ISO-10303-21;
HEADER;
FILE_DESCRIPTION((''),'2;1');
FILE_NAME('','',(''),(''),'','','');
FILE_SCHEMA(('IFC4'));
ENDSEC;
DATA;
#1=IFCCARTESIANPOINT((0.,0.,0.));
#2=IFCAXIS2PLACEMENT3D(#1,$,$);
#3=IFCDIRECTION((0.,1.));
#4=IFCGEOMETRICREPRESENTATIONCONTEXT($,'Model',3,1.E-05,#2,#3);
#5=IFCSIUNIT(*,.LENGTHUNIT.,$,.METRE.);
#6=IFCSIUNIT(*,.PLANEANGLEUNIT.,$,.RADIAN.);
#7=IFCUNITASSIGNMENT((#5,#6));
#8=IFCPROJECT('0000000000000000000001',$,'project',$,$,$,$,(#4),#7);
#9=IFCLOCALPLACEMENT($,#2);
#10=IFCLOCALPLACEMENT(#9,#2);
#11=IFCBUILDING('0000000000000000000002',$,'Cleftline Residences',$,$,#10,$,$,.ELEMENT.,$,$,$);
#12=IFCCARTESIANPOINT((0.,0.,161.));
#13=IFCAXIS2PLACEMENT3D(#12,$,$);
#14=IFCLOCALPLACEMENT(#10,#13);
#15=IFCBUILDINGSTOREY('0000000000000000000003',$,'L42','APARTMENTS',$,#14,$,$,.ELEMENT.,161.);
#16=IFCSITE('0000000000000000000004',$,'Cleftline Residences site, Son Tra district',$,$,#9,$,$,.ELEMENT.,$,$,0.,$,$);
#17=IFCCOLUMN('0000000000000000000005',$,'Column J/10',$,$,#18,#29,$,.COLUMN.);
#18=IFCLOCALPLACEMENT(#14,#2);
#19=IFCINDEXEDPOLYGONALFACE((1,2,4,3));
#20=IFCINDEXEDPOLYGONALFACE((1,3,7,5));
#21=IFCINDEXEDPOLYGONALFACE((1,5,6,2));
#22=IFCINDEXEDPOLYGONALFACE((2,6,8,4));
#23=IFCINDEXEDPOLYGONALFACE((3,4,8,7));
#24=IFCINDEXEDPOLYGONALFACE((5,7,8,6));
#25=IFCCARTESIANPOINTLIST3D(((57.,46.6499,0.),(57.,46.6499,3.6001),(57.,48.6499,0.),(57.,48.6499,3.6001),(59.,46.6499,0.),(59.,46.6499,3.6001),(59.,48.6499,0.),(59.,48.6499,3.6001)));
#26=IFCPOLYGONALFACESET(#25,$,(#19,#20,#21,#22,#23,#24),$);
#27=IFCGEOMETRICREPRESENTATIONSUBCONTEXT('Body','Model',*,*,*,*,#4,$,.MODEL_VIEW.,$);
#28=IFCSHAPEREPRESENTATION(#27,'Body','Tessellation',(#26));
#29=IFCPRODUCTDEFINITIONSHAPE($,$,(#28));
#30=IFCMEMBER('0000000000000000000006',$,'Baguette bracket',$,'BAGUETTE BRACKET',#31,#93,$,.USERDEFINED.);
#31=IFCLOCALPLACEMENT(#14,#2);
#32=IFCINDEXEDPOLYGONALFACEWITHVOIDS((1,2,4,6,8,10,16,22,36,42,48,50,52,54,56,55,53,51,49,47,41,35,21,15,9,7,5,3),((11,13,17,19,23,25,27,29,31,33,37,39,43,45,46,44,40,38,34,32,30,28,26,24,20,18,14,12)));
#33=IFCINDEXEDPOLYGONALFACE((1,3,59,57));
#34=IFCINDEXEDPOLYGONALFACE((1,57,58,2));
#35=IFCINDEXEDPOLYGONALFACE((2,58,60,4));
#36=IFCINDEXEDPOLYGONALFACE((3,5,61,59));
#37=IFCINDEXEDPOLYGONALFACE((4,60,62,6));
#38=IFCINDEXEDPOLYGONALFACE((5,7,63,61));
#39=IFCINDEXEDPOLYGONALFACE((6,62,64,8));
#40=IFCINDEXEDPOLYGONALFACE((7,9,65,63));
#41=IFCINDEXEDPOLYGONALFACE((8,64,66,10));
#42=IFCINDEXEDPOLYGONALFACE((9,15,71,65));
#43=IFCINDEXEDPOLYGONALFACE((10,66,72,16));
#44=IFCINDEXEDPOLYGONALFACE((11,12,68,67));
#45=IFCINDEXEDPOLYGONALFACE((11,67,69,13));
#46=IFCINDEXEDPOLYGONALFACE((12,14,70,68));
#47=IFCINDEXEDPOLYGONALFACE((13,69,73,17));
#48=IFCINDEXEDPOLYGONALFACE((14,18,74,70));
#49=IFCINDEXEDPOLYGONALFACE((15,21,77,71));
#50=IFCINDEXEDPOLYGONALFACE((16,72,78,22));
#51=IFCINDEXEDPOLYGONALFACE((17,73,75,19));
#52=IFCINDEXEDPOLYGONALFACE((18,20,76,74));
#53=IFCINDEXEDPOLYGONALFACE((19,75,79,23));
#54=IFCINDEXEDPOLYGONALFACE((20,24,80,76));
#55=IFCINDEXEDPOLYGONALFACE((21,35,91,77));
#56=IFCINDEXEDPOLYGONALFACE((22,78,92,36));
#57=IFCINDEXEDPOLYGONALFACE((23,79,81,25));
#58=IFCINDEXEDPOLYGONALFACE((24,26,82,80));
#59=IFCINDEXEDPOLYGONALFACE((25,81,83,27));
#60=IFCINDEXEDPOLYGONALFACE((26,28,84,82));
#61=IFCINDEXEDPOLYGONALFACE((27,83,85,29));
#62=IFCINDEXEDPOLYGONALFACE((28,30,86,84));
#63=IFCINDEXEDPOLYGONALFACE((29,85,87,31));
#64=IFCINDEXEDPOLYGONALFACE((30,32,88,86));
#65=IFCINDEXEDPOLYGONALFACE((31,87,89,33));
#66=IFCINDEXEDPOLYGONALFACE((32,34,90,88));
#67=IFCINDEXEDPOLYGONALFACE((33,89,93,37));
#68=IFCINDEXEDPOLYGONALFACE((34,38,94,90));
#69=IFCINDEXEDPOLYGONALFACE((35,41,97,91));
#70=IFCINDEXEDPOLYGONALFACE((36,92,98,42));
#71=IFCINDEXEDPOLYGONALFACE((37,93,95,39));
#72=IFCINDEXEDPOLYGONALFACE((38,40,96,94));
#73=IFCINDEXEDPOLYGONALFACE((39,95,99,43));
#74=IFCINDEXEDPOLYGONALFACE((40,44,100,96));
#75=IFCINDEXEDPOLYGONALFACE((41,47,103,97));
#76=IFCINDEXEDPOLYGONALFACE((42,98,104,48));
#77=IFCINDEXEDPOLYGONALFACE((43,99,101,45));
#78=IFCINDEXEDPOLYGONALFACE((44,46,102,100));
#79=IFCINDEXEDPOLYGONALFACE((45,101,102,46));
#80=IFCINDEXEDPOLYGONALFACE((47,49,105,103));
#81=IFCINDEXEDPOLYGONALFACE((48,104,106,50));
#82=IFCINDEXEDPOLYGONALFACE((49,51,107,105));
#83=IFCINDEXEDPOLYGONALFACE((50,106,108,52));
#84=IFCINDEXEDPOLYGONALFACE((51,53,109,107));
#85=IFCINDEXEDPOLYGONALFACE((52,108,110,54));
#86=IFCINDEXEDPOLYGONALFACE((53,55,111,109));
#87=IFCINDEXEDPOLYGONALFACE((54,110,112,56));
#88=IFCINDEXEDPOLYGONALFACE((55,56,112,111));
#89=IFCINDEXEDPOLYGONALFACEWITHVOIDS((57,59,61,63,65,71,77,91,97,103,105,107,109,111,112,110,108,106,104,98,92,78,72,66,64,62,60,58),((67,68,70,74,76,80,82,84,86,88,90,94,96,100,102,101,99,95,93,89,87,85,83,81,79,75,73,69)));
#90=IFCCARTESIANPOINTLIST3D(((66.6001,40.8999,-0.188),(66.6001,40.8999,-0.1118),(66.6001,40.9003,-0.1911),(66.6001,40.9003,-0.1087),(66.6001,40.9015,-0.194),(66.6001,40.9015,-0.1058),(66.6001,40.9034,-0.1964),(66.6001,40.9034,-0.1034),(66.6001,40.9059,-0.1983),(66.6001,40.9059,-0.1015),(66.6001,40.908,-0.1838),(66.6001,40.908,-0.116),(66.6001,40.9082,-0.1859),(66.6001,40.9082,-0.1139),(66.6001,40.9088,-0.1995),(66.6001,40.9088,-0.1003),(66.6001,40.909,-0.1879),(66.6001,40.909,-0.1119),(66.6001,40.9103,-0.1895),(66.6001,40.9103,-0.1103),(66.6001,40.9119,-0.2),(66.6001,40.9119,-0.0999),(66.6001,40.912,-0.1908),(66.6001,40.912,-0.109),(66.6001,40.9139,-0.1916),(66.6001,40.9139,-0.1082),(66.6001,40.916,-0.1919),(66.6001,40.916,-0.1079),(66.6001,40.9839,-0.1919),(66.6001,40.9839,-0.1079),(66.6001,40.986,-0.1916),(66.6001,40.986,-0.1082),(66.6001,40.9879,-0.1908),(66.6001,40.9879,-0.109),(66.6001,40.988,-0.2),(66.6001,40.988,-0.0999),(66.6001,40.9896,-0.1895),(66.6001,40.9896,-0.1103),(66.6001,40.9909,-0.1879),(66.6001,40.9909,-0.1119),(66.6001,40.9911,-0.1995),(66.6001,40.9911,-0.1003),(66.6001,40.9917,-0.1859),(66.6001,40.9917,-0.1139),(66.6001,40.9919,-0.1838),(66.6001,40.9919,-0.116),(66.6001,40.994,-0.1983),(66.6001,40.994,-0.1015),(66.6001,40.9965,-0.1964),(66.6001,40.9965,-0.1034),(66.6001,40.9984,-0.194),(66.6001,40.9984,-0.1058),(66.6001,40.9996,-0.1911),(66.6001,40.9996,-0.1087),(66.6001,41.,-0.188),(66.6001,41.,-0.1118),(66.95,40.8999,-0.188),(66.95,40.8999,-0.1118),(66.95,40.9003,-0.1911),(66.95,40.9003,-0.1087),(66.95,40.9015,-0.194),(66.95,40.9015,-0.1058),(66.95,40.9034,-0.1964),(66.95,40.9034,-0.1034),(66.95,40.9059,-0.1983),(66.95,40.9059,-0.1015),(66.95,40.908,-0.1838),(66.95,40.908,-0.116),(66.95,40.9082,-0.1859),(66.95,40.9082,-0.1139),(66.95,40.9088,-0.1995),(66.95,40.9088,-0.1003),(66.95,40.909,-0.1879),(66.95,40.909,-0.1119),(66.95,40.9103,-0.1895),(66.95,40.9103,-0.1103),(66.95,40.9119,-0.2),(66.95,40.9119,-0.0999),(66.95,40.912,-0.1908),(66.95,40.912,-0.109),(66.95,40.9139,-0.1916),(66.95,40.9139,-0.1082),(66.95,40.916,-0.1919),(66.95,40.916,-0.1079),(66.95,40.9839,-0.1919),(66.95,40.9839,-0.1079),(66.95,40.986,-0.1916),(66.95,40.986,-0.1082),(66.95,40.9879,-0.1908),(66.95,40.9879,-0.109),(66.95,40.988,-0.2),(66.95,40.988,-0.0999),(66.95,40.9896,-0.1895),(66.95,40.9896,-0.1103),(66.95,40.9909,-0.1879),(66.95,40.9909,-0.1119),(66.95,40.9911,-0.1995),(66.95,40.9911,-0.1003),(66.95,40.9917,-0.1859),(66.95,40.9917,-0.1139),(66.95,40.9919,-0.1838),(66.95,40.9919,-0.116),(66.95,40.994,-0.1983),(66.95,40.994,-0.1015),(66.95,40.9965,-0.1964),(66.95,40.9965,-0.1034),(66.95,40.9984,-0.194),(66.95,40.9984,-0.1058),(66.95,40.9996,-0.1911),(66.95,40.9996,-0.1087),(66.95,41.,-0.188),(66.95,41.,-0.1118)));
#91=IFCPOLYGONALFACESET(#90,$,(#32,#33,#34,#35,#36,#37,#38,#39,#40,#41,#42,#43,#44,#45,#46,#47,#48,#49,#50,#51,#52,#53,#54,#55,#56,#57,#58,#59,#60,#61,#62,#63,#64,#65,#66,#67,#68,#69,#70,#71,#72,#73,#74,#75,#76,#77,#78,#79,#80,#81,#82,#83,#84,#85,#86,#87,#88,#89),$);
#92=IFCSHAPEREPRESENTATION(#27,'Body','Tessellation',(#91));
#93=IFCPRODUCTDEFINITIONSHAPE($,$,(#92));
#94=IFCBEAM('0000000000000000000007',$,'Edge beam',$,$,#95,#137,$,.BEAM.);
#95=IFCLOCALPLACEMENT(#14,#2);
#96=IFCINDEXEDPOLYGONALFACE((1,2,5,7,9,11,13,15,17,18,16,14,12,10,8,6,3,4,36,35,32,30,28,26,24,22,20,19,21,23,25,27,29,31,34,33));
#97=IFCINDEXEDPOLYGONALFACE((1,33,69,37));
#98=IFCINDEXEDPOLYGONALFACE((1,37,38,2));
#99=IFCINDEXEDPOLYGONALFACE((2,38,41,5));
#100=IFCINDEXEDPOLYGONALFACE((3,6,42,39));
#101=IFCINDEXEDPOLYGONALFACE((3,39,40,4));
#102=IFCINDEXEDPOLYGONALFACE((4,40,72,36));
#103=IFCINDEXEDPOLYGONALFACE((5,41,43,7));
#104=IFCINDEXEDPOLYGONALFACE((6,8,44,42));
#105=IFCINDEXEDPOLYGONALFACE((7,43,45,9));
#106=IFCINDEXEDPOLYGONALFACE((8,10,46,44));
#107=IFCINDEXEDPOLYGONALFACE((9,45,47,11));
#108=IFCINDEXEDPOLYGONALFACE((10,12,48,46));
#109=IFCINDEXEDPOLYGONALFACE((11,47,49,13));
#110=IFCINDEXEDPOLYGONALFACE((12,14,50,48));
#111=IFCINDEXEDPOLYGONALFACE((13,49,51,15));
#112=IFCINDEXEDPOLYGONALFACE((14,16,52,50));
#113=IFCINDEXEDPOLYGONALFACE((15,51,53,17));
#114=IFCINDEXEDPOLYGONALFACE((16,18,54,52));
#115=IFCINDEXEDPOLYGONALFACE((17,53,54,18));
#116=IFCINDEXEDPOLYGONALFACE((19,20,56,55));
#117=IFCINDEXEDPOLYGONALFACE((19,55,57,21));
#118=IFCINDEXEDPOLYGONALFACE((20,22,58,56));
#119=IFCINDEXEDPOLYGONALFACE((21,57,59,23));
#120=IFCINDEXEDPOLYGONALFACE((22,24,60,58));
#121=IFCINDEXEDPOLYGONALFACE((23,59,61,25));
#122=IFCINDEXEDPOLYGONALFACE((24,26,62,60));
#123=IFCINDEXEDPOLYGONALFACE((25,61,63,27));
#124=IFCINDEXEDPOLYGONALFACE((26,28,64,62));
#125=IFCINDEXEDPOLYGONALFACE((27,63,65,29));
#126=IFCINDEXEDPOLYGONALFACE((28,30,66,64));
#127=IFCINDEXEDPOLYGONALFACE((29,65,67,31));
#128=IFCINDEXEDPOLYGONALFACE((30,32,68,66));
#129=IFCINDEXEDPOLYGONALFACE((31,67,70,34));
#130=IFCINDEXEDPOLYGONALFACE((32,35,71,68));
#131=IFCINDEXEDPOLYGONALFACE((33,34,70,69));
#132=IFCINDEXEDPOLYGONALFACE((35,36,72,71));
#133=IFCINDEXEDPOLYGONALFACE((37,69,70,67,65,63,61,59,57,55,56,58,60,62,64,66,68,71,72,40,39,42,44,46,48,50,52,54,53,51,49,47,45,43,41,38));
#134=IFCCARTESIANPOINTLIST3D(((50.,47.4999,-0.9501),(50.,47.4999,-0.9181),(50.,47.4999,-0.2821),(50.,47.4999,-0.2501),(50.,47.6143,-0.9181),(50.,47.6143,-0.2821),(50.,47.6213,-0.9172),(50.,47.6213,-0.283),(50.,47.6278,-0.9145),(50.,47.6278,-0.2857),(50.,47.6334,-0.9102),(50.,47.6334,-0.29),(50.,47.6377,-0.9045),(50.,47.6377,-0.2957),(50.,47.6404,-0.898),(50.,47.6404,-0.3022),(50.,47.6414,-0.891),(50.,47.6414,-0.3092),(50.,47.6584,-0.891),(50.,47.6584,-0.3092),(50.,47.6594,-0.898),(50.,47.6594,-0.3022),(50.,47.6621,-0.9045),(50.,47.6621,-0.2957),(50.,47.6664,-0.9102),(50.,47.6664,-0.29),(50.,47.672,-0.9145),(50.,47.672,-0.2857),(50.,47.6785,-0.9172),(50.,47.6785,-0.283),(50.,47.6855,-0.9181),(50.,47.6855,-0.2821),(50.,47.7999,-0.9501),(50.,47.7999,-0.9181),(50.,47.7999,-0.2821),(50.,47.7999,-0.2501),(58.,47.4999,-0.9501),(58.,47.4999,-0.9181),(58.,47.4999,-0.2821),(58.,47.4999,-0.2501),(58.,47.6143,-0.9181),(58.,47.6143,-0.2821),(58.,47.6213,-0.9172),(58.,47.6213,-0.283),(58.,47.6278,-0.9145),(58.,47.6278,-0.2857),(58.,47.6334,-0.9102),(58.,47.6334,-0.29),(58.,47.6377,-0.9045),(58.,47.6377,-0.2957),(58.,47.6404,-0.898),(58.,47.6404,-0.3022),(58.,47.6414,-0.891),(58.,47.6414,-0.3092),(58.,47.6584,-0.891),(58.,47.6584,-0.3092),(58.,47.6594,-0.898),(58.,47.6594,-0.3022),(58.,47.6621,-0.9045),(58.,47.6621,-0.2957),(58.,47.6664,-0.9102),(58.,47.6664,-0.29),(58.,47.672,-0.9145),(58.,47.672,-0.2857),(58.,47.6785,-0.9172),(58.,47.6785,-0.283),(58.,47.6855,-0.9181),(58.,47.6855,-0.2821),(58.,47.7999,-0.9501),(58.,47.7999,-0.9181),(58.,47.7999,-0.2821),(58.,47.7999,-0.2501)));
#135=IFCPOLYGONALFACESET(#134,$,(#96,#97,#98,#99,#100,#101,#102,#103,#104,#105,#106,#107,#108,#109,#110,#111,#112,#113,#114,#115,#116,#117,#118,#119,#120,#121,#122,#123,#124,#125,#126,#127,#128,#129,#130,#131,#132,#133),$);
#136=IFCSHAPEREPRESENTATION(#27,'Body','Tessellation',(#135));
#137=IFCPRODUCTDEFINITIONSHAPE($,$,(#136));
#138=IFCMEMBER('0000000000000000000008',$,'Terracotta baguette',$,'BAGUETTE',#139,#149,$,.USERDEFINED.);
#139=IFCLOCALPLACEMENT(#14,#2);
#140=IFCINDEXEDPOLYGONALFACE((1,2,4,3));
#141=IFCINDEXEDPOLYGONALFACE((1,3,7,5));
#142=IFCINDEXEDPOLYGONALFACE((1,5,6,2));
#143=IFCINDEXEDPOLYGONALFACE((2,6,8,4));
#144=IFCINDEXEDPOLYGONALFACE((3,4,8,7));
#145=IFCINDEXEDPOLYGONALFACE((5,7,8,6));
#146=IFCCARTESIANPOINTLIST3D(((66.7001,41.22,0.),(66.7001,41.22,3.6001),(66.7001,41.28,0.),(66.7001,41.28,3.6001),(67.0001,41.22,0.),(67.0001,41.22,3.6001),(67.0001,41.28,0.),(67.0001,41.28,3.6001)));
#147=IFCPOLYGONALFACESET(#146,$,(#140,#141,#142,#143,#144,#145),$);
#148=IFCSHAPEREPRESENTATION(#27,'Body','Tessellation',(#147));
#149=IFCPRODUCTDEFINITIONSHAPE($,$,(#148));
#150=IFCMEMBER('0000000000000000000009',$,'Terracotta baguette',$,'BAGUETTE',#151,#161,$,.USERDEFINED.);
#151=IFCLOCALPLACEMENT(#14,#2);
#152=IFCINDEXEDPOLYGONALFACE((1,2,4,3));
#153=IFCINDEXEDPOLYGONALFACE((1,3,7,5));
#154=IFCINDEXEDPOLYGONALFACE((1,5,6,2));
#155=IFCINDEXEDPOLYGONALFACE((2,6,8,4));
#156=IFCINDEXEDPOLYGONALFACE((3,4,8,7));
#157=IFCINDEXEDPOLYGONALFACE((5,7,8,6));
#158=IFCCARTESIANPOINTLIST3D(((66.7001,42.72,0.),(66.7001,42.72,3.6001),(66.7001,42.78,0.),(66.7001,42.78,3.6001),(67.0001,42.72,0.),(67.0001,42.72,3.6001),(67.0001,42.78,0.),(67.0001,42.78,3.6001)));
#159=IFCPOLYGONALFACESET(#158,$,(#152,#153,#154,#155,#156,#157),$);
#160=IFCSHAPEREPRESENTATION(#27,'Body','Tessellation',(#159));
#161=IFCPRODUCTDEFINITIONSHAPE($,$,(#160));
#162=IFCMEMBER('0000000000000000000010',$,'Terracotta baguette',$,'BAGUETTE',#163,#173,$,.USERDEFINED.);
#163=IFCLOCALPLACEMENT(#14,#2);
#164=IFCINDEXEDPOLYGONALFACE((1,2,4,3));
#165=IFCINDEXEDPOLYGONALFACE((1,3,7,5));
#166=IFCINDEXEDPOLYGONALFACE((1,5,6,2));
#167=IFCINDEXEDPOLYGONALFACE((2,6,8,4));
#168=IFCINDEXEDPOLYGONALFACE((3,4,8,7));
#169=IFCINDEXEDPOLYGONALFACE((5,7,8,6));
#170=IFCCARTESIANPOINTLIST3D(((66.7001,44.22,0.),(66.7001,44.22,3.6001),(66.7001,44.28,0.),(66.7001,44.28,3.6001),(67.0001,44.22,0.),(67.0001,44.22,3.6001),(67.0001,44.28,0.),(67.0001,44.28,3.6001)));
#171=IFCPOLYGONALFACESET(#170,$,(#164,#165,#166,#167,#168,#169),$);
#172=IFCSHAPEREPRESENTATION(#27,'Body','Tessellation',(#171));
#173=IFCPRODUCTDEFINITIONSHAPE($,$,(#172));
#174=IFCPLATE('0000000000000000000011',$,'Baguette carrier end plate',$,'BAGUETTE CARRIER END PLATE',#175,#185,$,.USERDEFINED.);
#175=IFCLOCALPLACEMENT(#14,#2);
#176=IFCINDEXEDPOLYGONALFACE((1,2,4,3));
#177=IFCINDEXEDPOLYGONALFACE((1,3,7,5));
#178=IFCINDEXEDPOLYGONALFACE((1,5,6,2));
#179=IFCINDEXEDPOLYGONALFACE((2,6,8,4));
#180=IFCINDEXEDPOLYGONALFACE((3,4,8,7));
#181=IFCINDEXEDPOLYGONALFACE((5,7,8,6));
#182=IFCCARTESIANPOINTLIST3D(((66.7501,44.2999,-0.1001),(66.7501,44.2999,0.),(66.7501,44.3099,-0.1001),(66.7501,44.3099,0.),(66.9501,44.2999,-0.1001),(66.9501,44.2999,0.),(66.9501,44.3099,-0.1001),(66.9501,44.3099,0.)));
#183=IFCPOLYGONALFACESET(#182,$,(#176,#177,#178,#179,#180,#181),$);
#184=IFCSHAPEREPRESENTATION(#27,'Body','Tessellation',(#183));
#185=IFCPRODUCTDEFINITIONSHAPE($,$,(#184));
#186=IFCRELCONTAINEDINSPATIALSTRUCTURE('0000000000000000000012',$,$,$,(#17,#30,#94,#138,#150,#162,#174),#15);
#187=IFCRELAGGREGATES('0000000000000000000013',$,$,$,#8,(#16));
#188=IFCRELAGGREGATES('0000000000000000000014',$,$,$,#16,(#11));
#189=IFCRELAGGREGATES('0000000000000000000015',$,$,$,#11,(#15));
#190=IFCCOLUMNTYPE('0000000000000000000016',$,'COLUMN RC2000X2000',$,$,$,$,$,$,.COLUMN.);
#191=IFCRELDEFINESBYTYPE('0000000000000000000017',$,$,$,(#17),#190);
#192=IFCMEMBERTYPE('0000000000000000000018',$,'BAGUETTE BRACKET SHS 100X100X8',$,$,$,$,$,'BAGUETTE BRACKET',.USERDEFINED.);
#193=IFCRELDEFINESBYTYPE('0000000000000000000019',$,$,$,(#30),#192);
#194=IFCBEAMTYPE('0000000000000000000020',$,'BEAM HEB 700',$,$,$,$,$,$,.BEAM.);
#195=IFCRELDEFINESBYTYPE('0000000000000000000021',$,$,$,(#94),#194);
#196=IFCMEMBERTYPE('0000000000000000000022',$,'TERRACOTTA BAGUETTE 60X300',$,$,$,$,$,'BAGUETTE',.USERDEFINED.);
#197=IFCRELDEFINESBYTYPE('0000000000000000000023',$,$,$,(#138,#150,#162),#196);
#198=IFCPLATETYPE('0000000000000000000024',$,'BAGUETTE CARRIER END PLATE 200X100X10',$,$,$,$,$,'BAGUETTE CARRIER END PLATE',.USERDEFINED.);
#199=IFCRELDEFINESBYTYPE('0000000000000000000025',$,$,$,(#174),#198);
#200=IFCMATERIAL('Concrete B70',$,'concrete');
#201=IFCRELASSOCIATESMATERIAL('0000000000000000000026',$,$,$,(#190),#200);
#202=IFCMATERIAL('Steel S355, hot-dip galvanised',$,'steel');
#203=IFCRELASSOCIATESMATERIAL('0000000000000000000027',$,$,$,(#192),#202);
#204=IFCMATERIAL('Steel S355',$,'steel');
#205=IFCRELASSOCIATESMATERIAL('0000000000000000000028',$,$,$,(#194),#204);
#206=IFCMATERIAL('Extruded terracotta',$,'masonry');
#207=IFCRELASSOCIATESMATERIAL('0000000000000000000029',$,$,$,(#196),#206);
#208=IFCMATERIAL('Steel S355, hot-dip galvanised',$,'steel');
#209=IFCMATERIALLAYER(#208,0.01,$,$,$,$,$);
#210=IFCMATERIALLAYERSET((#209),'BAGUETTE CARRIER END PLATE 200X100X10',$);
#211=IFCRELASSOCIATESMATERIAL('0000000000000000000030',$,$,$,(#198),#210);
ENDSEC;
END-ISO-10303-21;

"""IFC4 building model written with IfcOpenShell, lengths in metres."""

from ifc_helpers import new_model, si_unit, direction, frame, origin, origin_2d, place, context, subcontext, project, spatial, rectangle, hollow_rectangle, i_section, extrude, material, layer, layer_set, material_profile, profile_set, type_object, element, save


model = new_model("IFC4")

# Units and contexts
model_context = context("Model", 3, precision=1e-05, world=origin(), true_north=direction((0.0, 1.0)))
body_context = subcontext(model_context, "Body", "Model", "MODEL_VIEW")
ifc_project = project(units=[si_unit("LENGTHUNIT", "METRE"), si_unit("PLANEANGLEUNIT", "RADIAN")], contexts=[model_context])

# Site, building, storey
site_placement = place(None, origin())
site = spatial("IfcSite", under=ifc_project, at=site_placement, Name="Cleftline Residences site, Son Tra district", CompositionType="ELEMENT", RefElevation=0.0)
building_placement = place(site_placement, origin())
building = spatial("IfcBuilding", under=site, at=building_placement, Name="Cleftline Residences", CompositionType="ELEMENT")
storey_placement = place(building_placement, frame((0.0, 0.0, 161.0)))
storey = spatial("IfcBuildingStorey", under=building, at=storey_placement, Name="L42", Description="APARTMENTS", CompositionType="ELEMENT", Elevation=161.0)

# Column
ifc_material_1 = material(Name="Concrete B70", Category="concrete")
ifc_material_profile_1 = material_profile(ifc_material_1, rectangle(XDim=2.0, YDim=2.0, at=origin_2d()))
ifc_profile_set_1 = profile_set([ifc_material_profile_1], Name="Concrete B70")
column_type = type_object("IfcColumnType", Name="COLUMN RC2000X2000", PredefinedType="COLUMN", material=ifc_profile_set_1)
column_placement = place(storey_placement, frame((58.0, 47.6499, 0.0), z_axis=(0.0, 0.0, 1.0), x_axis=(1.0, 0.0, 0.0)))
element("IfcColumn", 1, at=column_placement, inside=storey, type_object=column_type, Name="Column J/10", PredefinedType="COLUMN", context=body_context, shape_type="SweptSolid", body=[
    extrude(rectangle(XDim=2.0, YDim=2.0, at=origin_2d()), origin(), (0.0, 0.0, 1.0), 3.6001),
])

# Member
ifc_material_2 = material(Name="Steel S355, hot-dip galvanised", Category="steel")
ifc_material_profile_2 = material_profile(ifc_material_2, hollow_rectangle(XDim=0.1001, YDim=0.1001, WallThickness=0.0081, InnerFilletRadius=0.0081, OuterFilletRadius=0.012, at=origin_2d()))
ifc_profile_set_2 = profile_set([ifc_material_profile_2], Name="Steel S355, hot-dip galvanised")
member_type_1 = type_object("IfcMemberType", Name="BAGUETTE BRACKET SHS 100X100X8", ElementType="BAGUETTE BRACKET", PredefinedType="USERDEFINED", material=ifc_profile_set_2)
member_placement = place(storey_placement, frame((66.6001, 40.95, -0.1499), z_axis=(1.0, 0.0, 0.0), x_axis=(0.0, 1.0, 0.0)))
element("IfcMember", 2, at=member_placement, inside=storey, type_object=member_type_1, Name="Baguette bracket", ObjectType="BAGUETTE BRACKET", PredefinedType="USERDEFINED", context=body_context, shape_type="SweptSolid", body=[
    extrude(hollow_rectangle(XDim=0.1001, YDim=0.1001, WallThickness=0.0081, InnerFilletRadius=0.0081, OuterFilletRadius=0.012, at=origin_2d()), origin(), (0.0, 0.0, 1.0), 0.3499),
])

# Beam
ifc_material_3 = material(Name="Steel S355", Category="steel")
ifc_material_profile_3 = material_profile(ifc_material_3, i_section(OverallWidth=0.3, OverallDepth=0.7, WebThickness=0.0171, FlangeThickness=0.032, FilletRadius=0.0271, at=origin_2d()))
ifc_profile_set_3 = profile_set([ifc_material_profile_3], Name="Steel S355")
beam_type = type_object("IfcBeamType", Name="BEAM HEB 700", PredefinedType="BEAM", material=ifc_profile_set_3)
beam_placement = place(storey_placement, frame((58.0, 47.6499, -0.6001), z_axis=(-1.0, 0.0, 0.0), x_axis=(0.0, -1.0, 0.0)))
element("IfcBeam", 3, at=beam_placement, inside=storey, type_object=beam_type, Name="Edge beam", PredefinedType="BEAM", context=body_context, shape_type="SweptSolid", body=[
    extrude(i_section(OverallWidth=0.3, OverallDepth=0.7, WebThickness=0.0171, FlangeThickness=0.032, FilletRadius=0.0271, at=origin_2d()), origin(), (0.0, 0.0, 1.0), 8.0),
])

# Members
ifc_material_4 = material(Name="Extruded terracotta", Category="masonry")
ifc_material_profile_4 = material_profile(ifc_material_4, rectangle(XDim=0.0601, YDim=0.3, at=origin_2d()))
ifc_profile_set_4 = profile_set([ifc_material_profile_4], Name="Extruded terracotta")
member_type_2 = type_object("IfcMemberType", Name="TERRACOTTA BAGUETTE 60X300", ElementType="BAGUETTE", PredefinedType="USERDEFINED", material=ifc_profile_set_4)
for number, where, z_axis, x_axis, name in (
    (4, (66.8501, 41.25, 0.0), (0.0, 0.0, 1.0), (0.0, 1.0, 0.0), "Terracotta baguette"),
    (5, (66.8501, 42.75, 0.0), (0.0, 0.0, 1.0), (0.0, 1.0, 0.0), "Terracotta baguette"),
    (6, (66.8501, 44.25, 0.0), (0.0, 0.0, 1.0), (0.0, 1.0, 0.0), "Terracotta baguette"),
):
    element("IfcMember", number, at=place(storey_placement, frame(where, z_axis=z_axis, x_axis=x_axis)), inside=storey, type_object=member_type_2, Name=name, ObjectType="BAGUETTE", PredefinedType="USERDEFINED", context=body_context, shape_type="SweptSolid", body=[
        extrude(rectangle(XDim=0.0601, YDim=0.3, at=origin_2d()), origin(), (0.0, 0.0, 1.0), 3.6001),
    ])

# Plate
ifc_material_5 = material(Name="Steel S355, hot-dip galvanised", Category="steel")
ifc_layer_1 = layer(ifc_material_5, 0.01)
ifc_layer_set_1 = layer_set([ifc_layer_1], Name="BAGUETTE CARRIER END PLATE 200X100X10")
plate_type = type_object("IfcPlateType", Name="BAGUETTE CARRIER END PLATE 200X100X10", ElementType="BAGUETTE CARRIER END PLATE", PredefinedType="USERDEFINED", material=ifc_layer_set_1)
plate_placement = place(storey_placement, frame((66.8501, 44.3049, -0.1001), z_axis=(0.0, 0.0, 1.0), x_axis=(1.0, 0.0, 0.0)))
element("IfcPlate", 7, at=plate_placement, inside=storey, type_object=plate_type, Name="Baguette carrier end plate", ObjectType="BAGUETTE CARRIER END PLATE", PredefinedType="USERDEFINED", context=body_context, shape_type="SweptSolid", body=[
    extrude(rectangle(XDim=0.2, YDim=0.01, at=origin_2d()), origin(), (0.0, 0.0, 1.0), 0.1001),
])

save(model, "model.ifc")
